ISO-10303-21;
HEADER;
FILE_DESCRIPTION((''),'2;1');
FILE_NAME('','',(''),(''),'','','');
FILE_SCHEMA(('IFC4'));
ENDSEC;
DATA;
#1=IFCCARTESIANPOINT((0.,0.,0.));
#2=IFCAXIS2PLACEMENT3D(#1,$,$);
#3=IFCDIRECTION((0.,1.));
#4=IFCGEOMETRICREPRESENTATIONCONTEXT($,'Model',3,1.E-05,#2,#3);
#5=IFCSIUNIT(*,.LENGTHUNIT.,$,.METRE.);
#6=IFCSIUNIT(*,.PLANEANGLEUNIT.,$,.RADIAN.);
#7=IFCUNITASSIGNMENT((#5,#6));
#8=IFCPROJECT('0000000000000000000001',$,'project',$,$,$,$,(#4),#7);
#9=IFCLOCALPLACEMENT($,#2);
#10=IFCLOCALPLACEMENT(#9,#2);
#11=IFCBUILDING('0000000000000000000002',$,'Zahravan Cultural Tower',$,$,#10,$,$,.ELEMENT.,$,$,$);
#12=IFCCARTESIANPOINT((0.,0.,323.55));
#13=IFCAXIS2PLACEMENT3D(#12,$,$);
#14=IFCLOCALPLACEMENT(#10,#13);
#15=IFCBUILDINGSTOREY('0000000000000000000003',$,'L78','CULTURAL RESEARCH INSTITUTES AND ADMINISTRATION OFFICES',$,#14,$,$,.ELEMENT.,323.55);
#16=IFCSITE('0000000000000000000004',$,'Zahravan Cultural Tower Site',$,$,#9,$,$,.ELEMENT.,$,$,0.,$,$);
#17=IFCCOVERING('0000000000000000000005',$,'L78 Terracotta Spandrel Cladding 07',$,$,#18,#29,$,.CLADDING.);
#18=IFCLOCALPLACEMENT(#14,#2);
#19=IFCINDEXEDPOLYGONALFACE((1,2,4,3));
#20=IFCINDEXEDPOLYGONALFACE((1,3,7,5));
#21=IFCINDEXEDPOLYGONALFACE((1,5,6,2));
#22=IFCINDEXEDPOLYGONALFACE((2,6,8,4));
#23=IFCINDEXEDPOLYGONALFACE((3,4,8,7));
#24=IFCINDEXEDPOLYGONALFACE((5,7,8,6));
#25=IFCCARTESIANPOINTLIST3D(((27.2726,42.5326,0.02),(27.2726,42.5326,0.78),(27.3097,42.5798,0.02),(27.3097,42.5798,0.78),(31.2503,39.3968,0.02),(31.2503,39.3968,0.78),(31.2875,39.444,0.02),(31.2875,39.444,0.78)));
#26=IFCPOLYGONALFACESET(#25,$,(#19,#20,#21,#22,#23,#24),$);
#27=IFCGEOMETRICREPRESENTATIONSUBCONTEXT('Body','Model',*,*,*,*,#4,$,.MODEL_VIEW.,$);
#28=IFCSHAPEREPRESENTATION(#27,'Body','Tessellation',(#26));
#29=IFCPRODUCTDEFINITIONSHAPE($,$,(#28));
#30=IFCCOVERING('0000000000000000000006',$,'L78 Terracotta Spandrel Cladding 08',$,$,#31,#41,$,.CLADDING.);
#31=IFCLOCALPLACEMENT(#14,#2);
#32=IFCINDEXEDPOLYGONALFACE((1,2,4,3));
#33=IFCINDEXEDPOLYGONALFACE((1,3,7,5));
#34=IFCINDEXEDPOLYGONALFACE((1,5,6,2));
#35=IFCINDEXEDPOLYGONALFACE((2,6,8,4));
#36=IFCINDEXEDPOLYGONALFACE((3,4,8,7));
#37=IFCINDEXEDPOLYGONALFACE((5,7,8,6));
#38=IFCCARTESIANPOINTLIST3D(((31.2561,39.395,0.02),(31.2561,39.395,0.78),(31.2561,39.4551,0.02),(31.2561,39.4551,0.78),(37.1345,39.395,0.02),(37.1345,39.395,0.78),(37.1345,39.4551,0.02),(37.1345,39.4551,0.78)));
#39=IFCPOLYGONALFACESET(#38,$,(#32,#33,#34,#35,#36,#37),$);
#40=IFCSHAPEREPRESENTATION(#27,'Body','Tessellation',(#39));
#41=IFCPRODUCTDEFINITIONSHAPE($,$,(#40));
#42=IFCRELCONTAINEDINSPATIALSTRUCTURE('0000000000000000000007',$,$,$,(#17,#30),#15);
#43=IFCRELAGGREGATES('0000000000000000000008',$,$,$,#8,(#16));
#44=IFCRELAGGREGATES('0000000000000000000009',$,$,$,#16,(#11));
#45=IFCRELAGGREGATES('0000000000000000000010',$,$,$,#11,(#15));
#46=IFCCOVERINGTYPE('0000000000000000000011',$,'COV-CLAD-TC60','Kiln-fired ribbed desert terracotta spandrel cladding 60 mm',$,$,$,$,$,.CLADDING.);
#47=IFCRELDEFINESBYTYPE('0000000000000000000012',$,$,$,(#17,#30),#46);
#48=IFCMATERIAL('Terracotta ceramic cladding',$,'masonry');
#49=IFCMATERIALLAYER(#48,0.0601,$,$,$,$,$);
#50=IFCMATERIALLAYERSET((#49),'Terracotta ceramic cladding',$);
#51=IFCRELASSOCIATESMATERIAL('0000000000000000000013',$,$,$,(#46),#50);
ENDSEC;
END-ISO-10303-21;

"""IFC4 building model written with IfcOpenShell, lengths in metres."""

from ifc_helpers import new_model, si_unit, direction, frame, origin, origin_2d, place, context, subcontext, project, spatial, rectangle, extrude, source, transform, mapped, material, layer, layer_set, type_object, element, save


model = new_model("IFC4")

# Units and contexts
model_context = context("Model", 3, precision=1e-05, world=origin(), true_north=direction((0.0, 1.0)))
body_context = subcontext(model_context, "Body", "Model", "MODEL_VIEW")
ifc_project = project(units=[si_unit("LENGTHUNIT", "METRE"), si_unit("PLANEANGLEUNIT", "RADIAN")], contexts=[model_context])

# Site, building, storey
site_placement = place(None, origin())
site = spatial("IfcSite", under=ifc_project, at=site_placement, Name="Zahravan Cultural Tower Site", CompositionType="ELEMENT", RefElevation=0.0)
building_placement = place(site_placement, origin())
building = spatial("IfcBuilding", under=site, at=building_placement, Name="Zahravan Cultural Tower", CompositionType="ELEMENT")
storey_placement = place(building_placement, frame((0.0, 0.0, 323.55)))
storey = spatial("IfcBuildingStorey", under=building, at=storey_placement, Name="L78", Description="CULTURAL RESEARCH INSTITUTES AND ADMINISTRATION OFFICES", CompositionType="ELEMENT", Elevation=323.55)

# Coverings
ifc_material_1 = material(Name="Terracotta ceramic cladding", Category="masonry")
ifc_layer_1 = layer(ifc_material_1, 0.0601)
ifc_layer_set_1 = layer_set([ifc_layer_1], Name="Terracotta ceramic cladding")
covering_type = type_object("IfcCoveringType", Name="COV-CLAD-TC60", Description="Kiln-fired ribbed desert terracotta spandrel cladding 60 mm", PredefinedType="CLADDING", material=ifc_layer_set_1)
shared_shape_1 = source(origin(), body_context, "Body", "SweptSolid", [
    extrude(rectangle(XDim=5.0652, YDim=0.0601, at=origin_2d()), origin(), (0.0, 0.0, 1.0), 0.76),
])
covering_1_placement = place(storey_placement, frame((29.28, 40.9883, 0.02), z_axis=(0.0, 0.0, 1.0), x_axis=(0.785317, -0.619094, 0.0)))
element("IfcCovering", 1, at=covering_1_placement, inside=storey, type_object=covering_type, Name="L78 Terracotta Spandrel Cladding 07", PredefinedType="CLADDING", context=body_context, shape_type="MappedRepresentation", body=[
    mapped(shared_shape_1, transform((0.0, 0.0, 0.0), x_axis=(1.0, 0.0, 0.0), y_axis=(0.0, 1.0, 0.0), z_axis=(0.0, 0.0, 1.0), scale=1.0)),
])
shared_shape_2 = source(origin(), body_context, "Body", "SweptSolid", [
    extrude(rectangle(XDim=5.8784, YDim=0.0601, at=origin_2d()), origin(), (0.0, 0.0, 1.0), 0.76),
])
covering_2_placement = place(storey_placement, frame((34.1953, 39.425, 0.02), z_axis=(0.0, 0.0, 1.0), x_axis=(1.0, 0.0, 0.0)))
element("IfcCovering", 2, at=covering_2_placement, inside=storey, type_object=covering_type, Name="L78 Terracotta Spandrel Cladding 08", PredefinedType="CLADDING", context=body_context, shape_type="MappedRepresentation", body=[
    mapped(shared_shape_2, transform((0.0, 0.0, 0.0), x_axis=(1.0, 0.0, 0.0), y_axis=(0.0, 1.0, 0.0), z_axis=(0.0, 0.0, 1.0), scale=1.0)),
])

save(model, "model.ifc")
